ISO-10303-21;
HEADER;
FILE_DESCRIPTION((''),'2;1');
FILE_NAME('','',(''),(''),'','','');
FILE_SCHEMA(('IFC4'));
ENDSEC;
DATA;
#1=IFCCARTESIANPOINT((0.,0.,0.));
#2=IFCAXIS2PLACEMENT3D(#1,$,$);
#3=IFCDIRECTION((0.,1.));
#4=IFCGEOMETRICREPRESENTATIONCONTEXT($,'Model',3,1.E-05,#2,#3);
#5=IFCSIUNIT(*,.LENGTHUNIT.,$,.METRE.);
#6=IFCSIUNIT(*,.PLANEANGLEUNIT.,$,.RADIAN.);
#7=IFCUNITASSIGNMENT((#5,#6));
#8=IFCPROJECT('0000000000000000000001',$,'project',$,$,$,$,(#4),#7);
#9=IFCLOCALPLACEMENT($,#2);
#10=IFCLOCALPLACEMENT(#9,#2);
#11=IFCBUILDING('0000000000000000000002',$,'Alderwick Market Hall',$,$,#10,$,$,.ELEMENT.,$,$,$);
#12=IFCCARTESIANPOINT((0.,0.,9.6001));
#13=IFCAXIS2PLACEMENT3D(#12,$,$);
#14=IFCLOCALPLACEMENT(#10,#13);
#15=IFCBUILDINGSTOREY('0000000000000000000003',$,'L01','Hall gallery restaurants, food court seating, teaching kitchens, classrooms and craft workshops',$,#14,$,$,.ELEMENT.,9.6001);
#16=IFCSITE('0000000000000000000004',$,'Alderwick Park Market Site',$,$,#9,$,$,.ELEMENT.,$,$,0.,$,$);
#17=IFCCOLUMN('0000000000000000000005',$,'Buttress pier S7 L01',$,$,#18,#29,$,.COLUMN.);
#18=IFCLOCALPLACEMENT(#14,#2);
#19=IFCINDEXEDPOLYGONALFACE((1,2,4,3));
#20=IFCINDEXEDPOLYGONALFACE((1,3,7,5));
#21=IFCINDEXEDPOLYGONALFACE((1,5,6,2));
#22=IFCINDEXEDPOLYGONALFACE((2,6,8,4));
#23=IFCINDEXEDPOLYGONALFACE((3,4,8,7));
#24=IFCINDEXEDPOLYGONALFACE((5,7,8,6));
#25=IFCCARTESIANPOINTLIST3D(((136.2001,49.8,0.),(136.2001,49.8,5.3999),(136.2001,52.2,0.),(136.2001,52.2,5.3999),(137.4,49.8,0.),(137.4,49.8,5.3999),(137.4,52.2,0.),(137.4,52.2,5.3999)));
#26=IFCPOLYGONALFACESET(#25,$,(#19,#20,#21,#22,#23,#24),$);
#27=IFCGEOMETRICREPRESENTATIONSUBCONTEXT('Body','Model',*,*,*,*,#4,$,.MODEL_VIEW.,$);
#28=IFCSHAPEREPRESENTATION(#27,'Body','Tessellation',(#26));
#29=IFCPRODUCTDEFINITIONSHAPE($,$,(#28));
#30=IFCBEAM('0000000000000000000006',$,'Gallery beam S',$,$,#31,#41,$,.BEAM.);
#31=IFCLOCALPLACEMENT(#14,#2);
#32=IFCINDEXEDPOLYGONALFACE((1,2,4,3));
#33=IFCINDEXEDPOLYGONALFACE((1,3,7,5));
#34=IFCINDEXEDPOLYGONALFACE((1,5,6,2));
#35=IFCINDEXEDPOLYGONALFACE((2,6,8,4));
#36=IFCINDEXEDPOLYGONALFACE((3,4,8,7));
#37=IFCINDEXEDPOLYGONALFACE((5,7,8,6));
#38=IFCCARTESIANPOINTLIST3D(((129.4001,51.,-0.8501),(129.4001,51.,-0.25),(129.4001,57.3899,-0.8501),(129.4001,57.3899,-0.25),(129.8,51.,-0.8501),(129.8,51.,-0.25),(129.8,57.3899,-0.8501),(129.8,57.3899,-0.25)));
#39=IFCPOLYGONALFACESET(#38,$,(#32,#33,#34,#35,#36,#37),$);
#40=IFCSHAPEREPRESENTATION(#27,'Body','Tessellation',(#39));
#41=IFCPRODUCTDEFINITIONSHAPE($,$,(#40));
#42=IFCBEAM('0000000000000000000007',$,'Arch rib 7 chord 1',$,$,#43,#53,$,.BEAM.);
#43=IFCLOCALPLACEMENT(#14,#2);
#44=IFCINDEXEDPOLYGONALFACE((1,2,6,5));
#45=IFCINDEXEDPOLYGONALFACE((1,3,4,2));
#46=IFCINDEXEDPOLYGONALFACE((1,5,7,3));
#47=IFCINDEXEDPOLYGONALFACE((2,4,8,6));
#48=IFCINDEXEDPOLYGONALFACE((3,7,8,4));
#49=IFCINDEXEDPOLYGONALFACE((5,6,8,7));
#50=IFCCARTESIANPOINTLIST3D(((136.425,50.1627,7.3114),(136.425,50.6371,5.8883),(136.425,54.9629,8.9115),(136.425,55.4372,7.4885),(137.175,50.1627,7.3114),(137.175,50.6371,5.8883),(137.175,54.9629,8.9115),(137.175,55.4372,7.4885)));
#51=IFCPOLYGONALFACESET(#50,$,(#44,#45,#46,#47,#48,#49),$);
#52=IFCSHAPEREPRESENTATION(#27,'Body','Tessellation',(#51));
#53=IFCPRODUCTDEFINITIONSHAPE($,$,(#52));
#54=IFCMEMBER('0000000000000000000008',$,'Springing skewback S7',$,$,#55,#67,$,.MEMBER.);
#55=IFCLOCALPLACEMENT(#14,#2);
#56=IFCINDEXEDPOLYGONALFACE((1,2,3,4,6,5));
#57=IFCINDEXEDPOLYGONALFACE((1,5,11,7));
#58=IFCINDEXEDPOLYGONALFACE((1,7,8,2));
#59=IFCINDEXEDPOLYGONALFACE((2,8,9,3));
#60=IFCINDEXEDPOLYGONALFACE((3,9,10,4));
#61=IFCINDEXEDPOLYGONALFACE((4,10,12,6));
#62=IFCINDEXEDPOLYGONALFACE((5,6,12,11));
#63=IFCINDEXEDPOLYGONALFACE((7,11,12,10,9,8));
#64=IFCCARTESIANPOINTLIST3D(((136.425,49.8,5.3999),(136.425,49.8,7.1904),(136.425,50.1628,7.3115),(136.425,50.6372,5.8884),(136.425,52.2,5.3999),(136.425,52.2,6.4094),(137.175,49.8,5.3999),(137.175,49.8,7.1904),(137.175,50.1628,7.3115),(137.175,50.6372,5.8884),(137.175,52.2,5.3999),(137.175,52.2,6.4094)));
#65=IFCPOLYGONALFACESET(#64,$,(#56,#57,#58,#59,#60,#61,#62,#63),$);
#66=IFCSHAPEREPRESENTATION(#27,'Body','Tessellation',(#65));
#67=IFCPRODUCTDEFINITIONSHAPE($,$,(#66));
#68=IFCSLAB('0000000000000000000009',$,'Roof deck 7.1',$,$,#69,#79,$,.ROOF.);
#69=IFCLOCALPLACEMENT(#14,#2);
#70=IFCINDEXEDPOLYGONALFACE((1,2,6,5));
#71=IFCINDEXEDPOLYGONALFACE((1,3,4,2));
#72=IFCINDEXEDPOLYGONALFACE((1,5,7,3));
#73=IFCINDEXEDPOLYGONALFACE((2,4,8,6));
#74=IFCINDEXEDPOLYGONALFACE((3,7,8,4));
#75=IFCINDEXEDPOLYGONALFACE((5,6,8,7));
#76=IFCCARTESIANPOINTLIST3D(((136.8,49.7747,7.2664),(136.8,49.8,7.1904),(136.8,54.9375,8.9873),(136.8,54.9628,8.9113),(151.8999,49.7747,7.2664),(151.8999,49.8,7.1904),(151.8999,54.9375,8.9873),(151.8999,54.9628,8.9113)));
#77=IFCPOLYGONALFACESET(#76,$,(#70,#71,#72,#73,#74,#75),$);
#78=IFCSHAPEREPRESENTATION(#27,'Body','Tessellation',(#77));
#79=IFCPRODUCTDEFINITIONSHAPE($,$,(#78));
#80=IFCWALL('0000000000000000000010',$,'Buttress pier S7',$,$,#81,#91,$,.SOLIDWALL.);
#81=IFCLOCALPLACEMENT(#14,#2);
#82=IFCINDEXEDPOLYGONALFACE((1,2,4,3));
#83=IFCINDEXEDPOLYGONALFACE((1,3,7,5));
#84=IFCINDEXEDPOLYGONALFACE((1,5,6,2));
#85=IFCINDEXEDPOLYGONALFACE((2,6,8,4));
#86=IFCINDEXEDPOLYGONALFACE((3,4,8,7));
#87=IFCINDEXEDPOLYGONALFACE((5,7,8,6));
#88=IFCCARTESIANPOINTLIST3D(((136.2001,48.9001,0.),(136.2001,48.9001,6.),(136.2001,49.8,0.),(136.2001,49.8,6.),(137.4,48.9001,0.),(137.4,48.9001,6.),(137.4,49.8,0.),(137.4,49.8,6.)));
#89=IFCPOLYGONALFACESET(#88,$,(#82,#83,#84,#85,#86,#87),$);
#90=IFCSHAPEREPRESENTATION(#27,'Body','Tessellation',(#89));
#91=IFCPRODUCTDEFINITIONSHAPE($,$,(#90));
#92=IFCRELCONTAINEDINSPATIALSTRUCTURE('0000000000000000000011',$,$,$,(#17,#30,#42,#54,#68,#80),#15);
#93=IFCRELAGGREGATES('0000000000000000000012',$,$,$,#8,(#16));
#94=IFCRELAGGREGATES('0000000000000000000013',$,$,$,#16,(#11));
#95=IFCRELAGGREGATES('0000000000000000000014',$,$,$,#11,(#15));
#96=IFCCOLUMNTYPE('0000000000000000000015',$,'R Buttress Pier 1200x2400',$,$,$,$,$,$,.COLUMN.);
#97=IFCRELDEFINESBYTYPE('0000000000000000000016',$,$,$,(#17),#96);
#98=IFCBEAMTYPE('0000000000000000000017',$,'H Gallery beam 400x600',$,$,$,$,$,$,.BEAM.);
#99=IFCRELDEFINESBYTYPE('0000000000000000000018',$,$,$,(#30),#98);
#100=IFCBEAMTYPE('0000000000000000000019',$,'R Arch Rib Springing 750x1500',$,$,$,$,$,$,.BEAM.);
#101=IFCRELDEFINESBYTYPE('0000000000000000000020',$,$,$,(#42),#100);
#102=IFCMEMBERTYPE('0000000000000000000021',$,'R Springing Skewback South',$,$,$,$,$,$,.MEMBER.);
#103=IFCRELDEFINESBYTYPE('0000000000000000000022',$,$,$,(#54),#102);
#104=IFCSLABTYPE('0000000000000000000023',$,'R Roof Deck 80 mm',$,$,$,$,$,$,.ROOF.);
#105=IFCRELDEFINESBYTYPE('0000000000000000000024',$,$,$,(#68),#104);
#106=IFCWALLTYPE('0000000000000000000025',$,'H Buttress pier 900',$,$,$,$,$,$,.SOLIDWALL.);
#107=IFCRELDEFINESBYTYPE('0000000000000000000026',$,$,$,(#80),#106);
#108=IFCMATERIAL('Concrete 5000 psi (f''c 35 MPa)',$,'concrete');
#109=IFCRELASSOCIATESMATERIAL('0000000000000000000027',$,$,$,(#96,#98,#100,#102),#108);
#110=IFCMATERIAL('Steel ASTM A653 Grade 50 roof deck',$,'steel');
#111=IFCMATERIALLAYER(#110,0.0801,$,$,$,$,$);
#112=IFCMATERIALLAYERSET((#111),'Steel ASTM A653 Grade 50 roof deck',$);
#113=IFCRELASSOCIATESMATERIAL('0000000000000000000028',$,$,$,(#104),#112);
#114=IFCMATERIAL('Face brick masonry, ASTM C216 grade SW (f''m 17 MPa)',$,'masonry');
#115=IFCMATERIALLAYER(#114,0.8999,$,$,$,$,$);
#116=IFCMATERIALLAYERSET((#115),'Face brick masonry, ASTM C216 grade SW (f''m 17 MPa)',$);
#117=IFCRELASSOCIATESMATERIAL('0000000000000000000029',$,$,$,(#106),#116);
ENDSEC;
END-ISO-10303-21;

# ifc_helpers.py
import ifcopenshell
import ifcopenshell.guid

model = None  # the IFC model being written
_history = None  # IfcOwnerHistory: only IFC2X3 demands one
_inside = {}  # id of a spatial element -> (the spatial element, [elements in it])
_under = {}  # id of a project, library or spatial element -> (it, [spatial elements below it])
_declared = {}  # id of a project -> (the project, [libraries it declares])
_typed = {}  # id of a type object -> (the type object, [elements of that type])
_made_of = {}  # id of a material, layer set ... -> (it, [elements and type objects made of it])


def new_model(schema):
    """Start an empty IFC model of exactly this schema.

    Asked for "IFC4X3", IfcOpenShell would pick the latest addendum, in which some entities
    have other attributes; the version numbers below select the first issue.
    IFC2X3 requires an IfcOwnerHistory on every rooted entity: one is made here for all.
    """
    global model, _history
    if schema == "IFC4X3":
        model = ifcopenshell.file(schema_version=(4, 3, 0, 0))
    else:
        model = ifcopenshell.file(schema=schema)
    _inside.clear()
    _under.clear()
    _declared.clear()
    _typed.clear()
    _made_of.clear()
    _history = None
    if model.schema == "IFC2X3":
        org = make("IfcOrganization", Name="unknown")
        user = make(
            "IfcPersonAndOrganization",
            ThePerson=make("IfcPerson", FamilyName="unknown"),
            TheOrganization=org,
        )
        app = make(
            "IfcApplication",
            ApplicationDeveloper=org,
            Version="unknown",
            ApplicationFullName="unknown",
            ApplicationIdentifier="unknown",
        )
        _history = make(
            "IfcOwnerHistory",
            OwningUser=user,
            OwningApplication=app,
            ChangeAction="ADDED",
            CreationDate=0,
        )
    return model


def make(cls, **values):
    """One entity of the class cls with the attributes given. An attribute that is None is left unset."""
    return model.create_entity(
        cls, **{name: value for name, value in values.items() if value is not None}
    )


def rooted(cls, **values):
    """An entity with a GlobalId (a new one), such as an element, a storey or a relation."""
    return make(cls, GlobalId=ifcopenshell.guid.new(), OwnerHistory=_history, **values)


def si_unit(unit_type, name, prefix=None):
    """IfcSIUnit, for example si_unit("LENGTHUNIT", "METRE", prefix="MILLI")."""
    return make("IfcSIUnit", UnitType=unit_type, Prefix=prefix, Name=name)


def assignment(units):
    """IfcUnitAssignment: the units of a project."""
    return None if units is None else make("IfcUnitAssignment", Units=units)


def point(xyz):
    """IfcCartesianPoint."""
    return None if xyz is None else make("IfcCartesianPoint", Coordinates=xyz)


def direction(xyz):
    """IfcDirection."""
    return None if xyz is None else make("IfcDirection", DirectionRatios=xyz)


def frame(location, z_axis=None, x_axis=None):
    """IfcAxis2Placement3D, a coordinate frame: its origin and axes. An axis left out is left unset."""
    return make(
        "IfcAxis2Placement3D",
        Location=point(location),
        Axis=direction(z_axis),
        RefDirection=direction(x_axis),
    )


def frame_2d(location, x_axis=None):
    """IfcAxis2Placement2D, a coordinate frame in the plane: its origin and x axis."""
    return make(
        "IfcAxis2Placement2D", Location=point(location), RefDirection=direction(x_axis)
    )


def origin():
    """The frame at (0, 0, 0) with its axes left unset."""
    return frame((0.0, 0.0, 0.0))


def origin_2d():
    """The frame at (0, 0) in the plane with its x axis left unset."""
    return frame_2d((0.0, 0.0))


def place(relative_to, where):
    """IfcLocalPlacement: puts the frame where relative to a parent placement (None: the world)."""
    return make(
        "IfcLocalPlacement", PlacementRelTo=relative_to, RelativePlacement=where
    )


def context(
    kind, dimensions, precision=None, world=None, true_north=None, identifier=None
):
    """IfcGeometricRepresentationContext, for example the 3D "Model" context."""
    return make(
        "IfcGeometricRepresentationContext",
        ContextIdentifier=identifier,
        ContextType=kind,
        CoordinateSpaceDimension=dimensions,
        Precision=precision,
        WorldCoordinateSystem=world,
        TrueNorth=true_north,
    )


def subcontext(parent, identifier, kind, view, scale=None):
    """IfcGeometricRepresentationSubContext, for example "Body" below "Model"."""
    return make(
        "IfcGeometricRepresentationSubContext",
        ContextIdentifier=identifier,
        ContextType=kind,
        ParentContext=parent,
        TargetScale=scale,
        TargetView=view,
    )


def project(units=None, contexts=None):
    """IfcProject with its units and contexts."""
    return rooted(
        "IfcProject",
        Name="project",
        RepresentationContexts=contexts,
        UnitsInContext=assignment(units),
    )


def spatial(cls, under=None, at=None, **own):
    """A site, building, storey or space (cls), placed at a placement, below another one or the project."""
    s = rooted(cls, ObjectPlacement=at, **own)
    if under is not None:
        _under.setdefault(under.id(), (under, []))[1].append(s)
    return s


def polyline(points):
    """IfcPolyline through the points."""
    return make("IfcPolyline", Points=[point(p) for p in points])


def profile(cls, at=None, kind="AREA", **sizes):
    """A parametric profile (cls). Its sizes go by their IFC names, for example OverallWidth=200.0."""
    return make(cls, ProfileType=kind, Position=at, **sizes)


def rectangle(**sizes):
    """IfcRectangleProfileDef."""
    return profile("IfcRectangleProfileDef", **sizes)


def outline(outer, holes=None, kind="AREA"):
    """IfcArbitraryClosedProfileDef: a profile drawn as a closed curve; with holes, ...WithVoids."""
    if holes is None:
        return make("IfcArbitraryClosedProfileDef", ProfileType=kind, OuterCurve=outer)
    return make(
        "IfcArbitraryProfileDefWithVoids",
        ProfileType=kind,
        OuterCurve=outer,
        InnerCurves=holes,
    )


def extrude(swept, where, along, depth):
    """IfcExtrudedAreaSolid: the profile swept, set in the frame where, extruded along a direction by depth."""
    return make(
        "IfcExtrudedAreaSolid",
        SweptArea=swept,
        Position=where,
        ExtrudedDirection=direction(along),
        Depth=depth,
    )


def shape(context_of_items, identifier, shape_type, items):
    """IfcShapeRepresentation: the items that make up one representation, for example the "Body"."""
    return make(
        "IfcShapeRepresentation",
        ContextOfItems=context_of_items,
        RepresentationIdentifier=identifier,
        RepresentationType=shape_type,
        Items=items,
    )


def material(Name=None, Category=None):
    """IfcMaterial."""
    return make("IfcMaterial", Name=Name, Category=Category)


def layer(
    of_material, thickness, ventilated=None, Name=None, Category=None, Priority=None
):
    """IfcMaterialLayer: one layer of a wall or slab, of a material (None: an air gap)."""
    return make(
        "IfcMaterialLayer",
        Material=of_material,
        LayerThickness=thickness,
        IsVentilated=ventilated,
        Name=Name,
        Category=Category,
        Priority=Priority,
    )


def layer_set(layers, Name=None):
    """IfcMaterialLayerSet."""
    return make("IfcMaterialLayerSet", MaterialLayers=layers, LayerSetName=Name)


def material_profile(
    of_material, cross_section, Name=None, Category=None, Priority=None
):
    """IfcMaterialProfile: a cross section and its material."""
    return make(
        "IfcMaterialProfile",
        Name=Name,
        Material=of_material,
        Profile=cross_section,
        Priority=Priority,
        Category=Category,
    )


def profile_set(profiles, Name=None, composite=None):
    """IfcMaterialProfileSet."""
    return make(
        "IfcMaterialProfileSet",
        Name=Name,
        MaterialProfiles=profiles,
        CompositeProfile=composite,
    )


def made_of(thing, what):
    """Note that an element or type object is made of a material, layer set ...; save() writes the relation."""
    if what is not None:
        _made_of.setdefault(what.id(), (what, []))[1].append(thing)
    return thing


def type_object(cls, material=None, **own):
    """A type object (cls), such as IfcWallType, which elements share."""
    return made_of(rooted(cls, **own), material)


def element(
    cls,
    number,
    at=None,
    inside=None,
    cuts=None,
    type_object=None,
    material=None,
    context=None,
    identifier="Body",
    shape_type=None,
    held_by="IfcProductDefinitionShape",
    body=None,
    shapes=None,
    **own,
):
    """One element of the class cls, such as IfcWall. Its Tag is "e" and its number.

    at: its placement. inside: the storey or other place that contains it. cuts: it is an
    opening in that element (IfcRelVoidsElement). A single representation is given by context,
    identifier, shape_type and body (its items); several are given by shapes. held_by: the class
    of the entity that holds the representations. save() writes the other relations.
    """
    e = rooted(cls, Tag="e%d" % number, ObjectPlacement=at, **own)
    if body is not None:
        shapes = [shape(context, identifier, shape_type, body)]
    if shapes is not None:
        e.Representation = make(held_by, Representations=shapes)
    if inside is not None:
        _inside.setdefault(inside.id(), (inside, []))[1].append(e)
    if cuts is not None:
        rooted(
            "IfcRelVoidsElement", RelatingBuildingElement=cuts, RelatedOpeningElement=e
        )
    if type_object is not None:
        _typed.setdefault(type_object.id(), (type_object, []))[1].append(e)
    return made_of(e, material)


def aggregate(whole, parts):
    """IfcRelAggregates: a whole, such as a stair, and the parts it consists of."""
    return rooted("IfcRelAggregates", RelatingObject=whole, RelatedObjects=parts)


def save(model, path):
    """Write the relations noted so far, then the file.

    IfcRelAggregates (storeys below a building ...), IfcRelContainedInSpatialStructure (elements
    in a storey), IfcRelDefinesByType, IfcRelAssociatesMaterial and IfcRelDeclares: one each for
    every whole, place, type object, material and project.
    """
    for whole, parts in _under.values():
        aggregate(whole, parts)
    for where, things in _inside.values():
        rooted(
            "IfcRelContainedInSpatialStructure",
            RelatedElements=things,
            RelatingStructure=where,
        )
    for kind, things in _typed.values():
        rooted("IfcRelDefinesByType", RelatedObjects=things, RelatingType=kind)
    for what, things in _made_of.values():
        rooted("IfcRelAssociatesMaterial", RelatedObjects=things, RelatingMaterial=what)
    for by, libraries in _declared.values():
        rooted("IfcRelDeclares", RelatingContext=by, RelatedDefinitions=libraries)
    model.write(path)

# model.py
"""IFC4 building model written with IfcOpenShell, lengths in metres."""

from ifc_helpers import new_model, si_unit, direction, frame, frame_2d, origin, origin_2d, place, context, subcontext, project, spatial, polyline, rectangle, outline, extrude, material, layer, layer_set, material_profile, profile_set, type_object, element, save


model = new_model("IFC4")

# Units and contexts
model_context = context("Model", 3, precision=1e-05, world=origin(), true_north=direction((0.0, 1.0)))
body_context = subcontext(model_context, "Body", "Model", "MODEL_VIEW")
ifc_project = project(units=[si_unit("LENGTHUNIT", "METRE"), si_unit("PLANEANGLEUNIT", "RADIAN")], contexts=[model_context])

# Site, building, storey
site_placement = place(None, origin())
site = spatial("IfcSite", under=ifc_project, at=site_placement, Name="Alderwick Park Market Site", CompositionType="ELEMENT", RefElevation=0.0)
building_placement = place(site_placement, origin())
building = spatial("IfcBuilding", under=site, at=building_placement, Name="Alderwick Market Hall", CompositionType="ELEMENT")
storey_placement = place(building_placement, frame((0.0, 0.0, 9.6001)))
storey = spatial("IfcBuildingStorey", under=building, at=storey_placement, Name="L01", Description="Hall gallery restaurants, food court seating, teaching kitchens, classrooms and craft workshops", CompositionType="ELEMENT", Elevation=9.6001)

# Column
ifc_material_1 = material(Name="Concrete 5000 psi (f'c 35 MPa)", Category="concrete")
ifc_material_profile_1 = material_profile(ifc_material_1, rectangle(XDim=1.2, YDim=2.3999, at=origin_2d()), Name="RC 1200x2400")
ifc_profile_set_1 = profile_set([ifc_material_profile_1], Name="Concrete 5000 psi (f'c 35 MPa)")
column_type = type_object("IfcColumnType", Name="R Buttress Pier 1200x2400", PredefinedType="COLUMN", material=ifc_profile_set_1)
column_placement = place(storey_placement, frame((136.8, 51.0, 0.0), z_axis=(0.0, 0.0, 1.0), x_axis=(1.0, 0.0, 0.0)))
element("IfcColumn", 1, at=column_placement, inside=storey, type_object=column_type, Name="Buttress pier S7 L01", PredefinedType="COLUMN", context=body_context, shape_type="SweptSolid", body=[
    extrude(rectangle(XDim=1.2, YDim=2.3999, at=origin_2d()), origin(), (0.0, 0.0, 1.0), 5.3999),
])

# Beams
ifc_material_profile_2 = material_profile(ifc_material_1, rectangle(XDim=0.3999, YDim=0.6001, at=origin_2d()), Name="RC 400x600")
ifc_profile_set_2 = profile_set([ifc_material_profile_2], Name="Concrete 5000 psi (f'c 35 MPa)")
beam_type_1 = type_object("IfcBeamType", Name="H Gallery beam 400x600", PredefinedType="BEAM", material=ifc_profile_set_2)
beam_1_placement = place(storey_placement, frame((129.6001, 51.0, -0.55), z_axis=(0.0, 1.0, 0.0), x_axis=(-1.0, 0.0, 0.0)))
element("IfcBeam", 2, at=beam_1_placement, inside=storey, type_object=beam_type_1, Name="Gallery beam S", PredefinedType="BEAM", context=body_context, shape_type="SweptSolid", body=[
    extrude(rectangle(XDim=0.3999, YDim=0.6001, at=origin_2d()), origin(), (0.0, 0.0, 1.0), 6.3899),
])
ifc_material_profile_3 = material_profile(ifc_material_1, rectangle(XDim=0.75, YDim=1.5, at=origin_2d()), Name="RC 750x1500")
ifc_profile_set_3 = profile_set([ifc_material_profile_3], Name="Concrete 5000 psi (f'c 35 MPa)")
beam_type_2 = type_object("IfcBeamType", Name="R Arch Rib Springing 750x1500", PredefinedType="BEAM", material=ifc_profile_set_3)
beam_2_placement = place(storey_placement, frame((136.8, 50.3999, 6.5999), z_axis=(0.0, 0.948678, 0.316242), x_axis=(-1.0, 0.0, 0.0)))
element("IfcBeam", 3, at=beam_2_placement, inside=storey, type_object=beam_type_2, Name="Arch rib 7 chord 1", PredefinedType="BEAM", context=body_context, shape_type="SweptSolid", body=[
    extrude(rectangle(XDim=0.75, YDim=1.5, at=origin_2d()), origin(), (0.0, 0.0, 1.0), 5.0598),
])

# Member
ifc_material_profile_4 = material_profile(ifc_material_1, outline(polyline([(0.0, 0.0), (2.3999, 0.0), (2.3999, 1.0095), (0.8372, 0.4885), (0.3628, 1.9116), (0.0, 1.7905), (0.0, 0.0)])), Name="RC skewback S")
ifc_profile_set_4 = profile_set([ifc_material_profile_4], Name="Concrete 5000 psi (f'c 35 MPa)")
member_type = type_object("IfcMemberType", Name="R Springing Skewback South", PredefinedType="MEMBER", material=ifc_profile_set_4)
member_placement = place(storey_placement, frame((136.425, 49.8, 5.3999), z_axis=(1.0, 0.0, 0.0), x_axis=(0.0, 1.0, 0.0)))
element("IfcMember", 4, at=member_placement, inside=storey, type_object=member_type, Name="Springing skewback S7", PredefinedType="MEMBER", context=body_context, shape_type="SweptSolid", body=[
    extrude(outline(polyline([(0.0, 0.0), (2.3999, 0.0), (2.3999, 1.0095), (0.8372, 0.4885), (0.3628, 1.9116), (0.0, 1.7905), (0.0, 0.0)])), origin(), (0.0, 0.0, 1.0), 0.75),
])

# Slab
ifc_material_2 = material(Name="Steel ASTM A653 Grade 50 roof deck", Category="steel")
ifc_layer_1 = layer(ifc_material_2, 0.0801)
ifc_layer_set_1 = layer_set([ifc_layer_1], Name="Steel ASTM A653 Grade 50 roof deck")
slab_type = type_object("IfcSlabType", Name="R Roof Deck 80 mm", PredefinedType="ROOF", material=ifc_layer_set_1)
slab_placement = place(storey_placement, frame((136.8, 49.7747, 7.2664), z_axis=(0.0, -0.316228, 0.948683), x_axis=(1.0, 0.0, 0.0)))
element("IfcSlab", 5, at=slab_placement, inside=storey, type_object=slab_type, Name="Roof deck 7.1", PredefinedType="ROOF", context=body_context, shape_type="SweptSolid", body=[
    extrude(outline(polyline([(0.0, 0.0), (15.0999, 0.0), (15.0999, 5.4421), (0.0, 5.4421), (0.0, 0.0)])), origin(), (0.0, 0.0, -1.0), 0.0801),
])

# Wall
ifc_material_3 = material(Name="Face brick masonry, ASTM C216 grade SW (f'm 17 MPa)", Category="masonry")
ifc_layer_2 = layer(ifc_material_3, 0.8999)
ifc_layer_set_2 = layer_set([ifc_layer_2], Name="Face brick masonry, ASTM C216 grade SW (f'm 17 MPa)")
wall_type_1 = type_object("IfcWallType", Name="H Buttress pier 900", PredefinedType="SOLIDWALL", material=ifc_layer_set_2)
wall_1_placement = place(storey_placement, frame((136.2, 49.3501, 0.0), z_axis=(0.0, 0.0, 1.0), x_axis=(1.0, 0.0, 0.0)))
element("IfcWall", 6, at=wall_1_placement, inside=storey, type_object=wall_type_1, Name="Buttress pier S7", PredefinedType="SOLIDWALL", context=body_context, shape_type="SweptSolid", body=[
    extrude(rectangle(XDim=1.2, YDim=0.8999, at=frame_2d((0.6001, 0.0))), origin(), (0.0, 0.0, 1.0), 6.0),
])

save(model, "model.ifc")
